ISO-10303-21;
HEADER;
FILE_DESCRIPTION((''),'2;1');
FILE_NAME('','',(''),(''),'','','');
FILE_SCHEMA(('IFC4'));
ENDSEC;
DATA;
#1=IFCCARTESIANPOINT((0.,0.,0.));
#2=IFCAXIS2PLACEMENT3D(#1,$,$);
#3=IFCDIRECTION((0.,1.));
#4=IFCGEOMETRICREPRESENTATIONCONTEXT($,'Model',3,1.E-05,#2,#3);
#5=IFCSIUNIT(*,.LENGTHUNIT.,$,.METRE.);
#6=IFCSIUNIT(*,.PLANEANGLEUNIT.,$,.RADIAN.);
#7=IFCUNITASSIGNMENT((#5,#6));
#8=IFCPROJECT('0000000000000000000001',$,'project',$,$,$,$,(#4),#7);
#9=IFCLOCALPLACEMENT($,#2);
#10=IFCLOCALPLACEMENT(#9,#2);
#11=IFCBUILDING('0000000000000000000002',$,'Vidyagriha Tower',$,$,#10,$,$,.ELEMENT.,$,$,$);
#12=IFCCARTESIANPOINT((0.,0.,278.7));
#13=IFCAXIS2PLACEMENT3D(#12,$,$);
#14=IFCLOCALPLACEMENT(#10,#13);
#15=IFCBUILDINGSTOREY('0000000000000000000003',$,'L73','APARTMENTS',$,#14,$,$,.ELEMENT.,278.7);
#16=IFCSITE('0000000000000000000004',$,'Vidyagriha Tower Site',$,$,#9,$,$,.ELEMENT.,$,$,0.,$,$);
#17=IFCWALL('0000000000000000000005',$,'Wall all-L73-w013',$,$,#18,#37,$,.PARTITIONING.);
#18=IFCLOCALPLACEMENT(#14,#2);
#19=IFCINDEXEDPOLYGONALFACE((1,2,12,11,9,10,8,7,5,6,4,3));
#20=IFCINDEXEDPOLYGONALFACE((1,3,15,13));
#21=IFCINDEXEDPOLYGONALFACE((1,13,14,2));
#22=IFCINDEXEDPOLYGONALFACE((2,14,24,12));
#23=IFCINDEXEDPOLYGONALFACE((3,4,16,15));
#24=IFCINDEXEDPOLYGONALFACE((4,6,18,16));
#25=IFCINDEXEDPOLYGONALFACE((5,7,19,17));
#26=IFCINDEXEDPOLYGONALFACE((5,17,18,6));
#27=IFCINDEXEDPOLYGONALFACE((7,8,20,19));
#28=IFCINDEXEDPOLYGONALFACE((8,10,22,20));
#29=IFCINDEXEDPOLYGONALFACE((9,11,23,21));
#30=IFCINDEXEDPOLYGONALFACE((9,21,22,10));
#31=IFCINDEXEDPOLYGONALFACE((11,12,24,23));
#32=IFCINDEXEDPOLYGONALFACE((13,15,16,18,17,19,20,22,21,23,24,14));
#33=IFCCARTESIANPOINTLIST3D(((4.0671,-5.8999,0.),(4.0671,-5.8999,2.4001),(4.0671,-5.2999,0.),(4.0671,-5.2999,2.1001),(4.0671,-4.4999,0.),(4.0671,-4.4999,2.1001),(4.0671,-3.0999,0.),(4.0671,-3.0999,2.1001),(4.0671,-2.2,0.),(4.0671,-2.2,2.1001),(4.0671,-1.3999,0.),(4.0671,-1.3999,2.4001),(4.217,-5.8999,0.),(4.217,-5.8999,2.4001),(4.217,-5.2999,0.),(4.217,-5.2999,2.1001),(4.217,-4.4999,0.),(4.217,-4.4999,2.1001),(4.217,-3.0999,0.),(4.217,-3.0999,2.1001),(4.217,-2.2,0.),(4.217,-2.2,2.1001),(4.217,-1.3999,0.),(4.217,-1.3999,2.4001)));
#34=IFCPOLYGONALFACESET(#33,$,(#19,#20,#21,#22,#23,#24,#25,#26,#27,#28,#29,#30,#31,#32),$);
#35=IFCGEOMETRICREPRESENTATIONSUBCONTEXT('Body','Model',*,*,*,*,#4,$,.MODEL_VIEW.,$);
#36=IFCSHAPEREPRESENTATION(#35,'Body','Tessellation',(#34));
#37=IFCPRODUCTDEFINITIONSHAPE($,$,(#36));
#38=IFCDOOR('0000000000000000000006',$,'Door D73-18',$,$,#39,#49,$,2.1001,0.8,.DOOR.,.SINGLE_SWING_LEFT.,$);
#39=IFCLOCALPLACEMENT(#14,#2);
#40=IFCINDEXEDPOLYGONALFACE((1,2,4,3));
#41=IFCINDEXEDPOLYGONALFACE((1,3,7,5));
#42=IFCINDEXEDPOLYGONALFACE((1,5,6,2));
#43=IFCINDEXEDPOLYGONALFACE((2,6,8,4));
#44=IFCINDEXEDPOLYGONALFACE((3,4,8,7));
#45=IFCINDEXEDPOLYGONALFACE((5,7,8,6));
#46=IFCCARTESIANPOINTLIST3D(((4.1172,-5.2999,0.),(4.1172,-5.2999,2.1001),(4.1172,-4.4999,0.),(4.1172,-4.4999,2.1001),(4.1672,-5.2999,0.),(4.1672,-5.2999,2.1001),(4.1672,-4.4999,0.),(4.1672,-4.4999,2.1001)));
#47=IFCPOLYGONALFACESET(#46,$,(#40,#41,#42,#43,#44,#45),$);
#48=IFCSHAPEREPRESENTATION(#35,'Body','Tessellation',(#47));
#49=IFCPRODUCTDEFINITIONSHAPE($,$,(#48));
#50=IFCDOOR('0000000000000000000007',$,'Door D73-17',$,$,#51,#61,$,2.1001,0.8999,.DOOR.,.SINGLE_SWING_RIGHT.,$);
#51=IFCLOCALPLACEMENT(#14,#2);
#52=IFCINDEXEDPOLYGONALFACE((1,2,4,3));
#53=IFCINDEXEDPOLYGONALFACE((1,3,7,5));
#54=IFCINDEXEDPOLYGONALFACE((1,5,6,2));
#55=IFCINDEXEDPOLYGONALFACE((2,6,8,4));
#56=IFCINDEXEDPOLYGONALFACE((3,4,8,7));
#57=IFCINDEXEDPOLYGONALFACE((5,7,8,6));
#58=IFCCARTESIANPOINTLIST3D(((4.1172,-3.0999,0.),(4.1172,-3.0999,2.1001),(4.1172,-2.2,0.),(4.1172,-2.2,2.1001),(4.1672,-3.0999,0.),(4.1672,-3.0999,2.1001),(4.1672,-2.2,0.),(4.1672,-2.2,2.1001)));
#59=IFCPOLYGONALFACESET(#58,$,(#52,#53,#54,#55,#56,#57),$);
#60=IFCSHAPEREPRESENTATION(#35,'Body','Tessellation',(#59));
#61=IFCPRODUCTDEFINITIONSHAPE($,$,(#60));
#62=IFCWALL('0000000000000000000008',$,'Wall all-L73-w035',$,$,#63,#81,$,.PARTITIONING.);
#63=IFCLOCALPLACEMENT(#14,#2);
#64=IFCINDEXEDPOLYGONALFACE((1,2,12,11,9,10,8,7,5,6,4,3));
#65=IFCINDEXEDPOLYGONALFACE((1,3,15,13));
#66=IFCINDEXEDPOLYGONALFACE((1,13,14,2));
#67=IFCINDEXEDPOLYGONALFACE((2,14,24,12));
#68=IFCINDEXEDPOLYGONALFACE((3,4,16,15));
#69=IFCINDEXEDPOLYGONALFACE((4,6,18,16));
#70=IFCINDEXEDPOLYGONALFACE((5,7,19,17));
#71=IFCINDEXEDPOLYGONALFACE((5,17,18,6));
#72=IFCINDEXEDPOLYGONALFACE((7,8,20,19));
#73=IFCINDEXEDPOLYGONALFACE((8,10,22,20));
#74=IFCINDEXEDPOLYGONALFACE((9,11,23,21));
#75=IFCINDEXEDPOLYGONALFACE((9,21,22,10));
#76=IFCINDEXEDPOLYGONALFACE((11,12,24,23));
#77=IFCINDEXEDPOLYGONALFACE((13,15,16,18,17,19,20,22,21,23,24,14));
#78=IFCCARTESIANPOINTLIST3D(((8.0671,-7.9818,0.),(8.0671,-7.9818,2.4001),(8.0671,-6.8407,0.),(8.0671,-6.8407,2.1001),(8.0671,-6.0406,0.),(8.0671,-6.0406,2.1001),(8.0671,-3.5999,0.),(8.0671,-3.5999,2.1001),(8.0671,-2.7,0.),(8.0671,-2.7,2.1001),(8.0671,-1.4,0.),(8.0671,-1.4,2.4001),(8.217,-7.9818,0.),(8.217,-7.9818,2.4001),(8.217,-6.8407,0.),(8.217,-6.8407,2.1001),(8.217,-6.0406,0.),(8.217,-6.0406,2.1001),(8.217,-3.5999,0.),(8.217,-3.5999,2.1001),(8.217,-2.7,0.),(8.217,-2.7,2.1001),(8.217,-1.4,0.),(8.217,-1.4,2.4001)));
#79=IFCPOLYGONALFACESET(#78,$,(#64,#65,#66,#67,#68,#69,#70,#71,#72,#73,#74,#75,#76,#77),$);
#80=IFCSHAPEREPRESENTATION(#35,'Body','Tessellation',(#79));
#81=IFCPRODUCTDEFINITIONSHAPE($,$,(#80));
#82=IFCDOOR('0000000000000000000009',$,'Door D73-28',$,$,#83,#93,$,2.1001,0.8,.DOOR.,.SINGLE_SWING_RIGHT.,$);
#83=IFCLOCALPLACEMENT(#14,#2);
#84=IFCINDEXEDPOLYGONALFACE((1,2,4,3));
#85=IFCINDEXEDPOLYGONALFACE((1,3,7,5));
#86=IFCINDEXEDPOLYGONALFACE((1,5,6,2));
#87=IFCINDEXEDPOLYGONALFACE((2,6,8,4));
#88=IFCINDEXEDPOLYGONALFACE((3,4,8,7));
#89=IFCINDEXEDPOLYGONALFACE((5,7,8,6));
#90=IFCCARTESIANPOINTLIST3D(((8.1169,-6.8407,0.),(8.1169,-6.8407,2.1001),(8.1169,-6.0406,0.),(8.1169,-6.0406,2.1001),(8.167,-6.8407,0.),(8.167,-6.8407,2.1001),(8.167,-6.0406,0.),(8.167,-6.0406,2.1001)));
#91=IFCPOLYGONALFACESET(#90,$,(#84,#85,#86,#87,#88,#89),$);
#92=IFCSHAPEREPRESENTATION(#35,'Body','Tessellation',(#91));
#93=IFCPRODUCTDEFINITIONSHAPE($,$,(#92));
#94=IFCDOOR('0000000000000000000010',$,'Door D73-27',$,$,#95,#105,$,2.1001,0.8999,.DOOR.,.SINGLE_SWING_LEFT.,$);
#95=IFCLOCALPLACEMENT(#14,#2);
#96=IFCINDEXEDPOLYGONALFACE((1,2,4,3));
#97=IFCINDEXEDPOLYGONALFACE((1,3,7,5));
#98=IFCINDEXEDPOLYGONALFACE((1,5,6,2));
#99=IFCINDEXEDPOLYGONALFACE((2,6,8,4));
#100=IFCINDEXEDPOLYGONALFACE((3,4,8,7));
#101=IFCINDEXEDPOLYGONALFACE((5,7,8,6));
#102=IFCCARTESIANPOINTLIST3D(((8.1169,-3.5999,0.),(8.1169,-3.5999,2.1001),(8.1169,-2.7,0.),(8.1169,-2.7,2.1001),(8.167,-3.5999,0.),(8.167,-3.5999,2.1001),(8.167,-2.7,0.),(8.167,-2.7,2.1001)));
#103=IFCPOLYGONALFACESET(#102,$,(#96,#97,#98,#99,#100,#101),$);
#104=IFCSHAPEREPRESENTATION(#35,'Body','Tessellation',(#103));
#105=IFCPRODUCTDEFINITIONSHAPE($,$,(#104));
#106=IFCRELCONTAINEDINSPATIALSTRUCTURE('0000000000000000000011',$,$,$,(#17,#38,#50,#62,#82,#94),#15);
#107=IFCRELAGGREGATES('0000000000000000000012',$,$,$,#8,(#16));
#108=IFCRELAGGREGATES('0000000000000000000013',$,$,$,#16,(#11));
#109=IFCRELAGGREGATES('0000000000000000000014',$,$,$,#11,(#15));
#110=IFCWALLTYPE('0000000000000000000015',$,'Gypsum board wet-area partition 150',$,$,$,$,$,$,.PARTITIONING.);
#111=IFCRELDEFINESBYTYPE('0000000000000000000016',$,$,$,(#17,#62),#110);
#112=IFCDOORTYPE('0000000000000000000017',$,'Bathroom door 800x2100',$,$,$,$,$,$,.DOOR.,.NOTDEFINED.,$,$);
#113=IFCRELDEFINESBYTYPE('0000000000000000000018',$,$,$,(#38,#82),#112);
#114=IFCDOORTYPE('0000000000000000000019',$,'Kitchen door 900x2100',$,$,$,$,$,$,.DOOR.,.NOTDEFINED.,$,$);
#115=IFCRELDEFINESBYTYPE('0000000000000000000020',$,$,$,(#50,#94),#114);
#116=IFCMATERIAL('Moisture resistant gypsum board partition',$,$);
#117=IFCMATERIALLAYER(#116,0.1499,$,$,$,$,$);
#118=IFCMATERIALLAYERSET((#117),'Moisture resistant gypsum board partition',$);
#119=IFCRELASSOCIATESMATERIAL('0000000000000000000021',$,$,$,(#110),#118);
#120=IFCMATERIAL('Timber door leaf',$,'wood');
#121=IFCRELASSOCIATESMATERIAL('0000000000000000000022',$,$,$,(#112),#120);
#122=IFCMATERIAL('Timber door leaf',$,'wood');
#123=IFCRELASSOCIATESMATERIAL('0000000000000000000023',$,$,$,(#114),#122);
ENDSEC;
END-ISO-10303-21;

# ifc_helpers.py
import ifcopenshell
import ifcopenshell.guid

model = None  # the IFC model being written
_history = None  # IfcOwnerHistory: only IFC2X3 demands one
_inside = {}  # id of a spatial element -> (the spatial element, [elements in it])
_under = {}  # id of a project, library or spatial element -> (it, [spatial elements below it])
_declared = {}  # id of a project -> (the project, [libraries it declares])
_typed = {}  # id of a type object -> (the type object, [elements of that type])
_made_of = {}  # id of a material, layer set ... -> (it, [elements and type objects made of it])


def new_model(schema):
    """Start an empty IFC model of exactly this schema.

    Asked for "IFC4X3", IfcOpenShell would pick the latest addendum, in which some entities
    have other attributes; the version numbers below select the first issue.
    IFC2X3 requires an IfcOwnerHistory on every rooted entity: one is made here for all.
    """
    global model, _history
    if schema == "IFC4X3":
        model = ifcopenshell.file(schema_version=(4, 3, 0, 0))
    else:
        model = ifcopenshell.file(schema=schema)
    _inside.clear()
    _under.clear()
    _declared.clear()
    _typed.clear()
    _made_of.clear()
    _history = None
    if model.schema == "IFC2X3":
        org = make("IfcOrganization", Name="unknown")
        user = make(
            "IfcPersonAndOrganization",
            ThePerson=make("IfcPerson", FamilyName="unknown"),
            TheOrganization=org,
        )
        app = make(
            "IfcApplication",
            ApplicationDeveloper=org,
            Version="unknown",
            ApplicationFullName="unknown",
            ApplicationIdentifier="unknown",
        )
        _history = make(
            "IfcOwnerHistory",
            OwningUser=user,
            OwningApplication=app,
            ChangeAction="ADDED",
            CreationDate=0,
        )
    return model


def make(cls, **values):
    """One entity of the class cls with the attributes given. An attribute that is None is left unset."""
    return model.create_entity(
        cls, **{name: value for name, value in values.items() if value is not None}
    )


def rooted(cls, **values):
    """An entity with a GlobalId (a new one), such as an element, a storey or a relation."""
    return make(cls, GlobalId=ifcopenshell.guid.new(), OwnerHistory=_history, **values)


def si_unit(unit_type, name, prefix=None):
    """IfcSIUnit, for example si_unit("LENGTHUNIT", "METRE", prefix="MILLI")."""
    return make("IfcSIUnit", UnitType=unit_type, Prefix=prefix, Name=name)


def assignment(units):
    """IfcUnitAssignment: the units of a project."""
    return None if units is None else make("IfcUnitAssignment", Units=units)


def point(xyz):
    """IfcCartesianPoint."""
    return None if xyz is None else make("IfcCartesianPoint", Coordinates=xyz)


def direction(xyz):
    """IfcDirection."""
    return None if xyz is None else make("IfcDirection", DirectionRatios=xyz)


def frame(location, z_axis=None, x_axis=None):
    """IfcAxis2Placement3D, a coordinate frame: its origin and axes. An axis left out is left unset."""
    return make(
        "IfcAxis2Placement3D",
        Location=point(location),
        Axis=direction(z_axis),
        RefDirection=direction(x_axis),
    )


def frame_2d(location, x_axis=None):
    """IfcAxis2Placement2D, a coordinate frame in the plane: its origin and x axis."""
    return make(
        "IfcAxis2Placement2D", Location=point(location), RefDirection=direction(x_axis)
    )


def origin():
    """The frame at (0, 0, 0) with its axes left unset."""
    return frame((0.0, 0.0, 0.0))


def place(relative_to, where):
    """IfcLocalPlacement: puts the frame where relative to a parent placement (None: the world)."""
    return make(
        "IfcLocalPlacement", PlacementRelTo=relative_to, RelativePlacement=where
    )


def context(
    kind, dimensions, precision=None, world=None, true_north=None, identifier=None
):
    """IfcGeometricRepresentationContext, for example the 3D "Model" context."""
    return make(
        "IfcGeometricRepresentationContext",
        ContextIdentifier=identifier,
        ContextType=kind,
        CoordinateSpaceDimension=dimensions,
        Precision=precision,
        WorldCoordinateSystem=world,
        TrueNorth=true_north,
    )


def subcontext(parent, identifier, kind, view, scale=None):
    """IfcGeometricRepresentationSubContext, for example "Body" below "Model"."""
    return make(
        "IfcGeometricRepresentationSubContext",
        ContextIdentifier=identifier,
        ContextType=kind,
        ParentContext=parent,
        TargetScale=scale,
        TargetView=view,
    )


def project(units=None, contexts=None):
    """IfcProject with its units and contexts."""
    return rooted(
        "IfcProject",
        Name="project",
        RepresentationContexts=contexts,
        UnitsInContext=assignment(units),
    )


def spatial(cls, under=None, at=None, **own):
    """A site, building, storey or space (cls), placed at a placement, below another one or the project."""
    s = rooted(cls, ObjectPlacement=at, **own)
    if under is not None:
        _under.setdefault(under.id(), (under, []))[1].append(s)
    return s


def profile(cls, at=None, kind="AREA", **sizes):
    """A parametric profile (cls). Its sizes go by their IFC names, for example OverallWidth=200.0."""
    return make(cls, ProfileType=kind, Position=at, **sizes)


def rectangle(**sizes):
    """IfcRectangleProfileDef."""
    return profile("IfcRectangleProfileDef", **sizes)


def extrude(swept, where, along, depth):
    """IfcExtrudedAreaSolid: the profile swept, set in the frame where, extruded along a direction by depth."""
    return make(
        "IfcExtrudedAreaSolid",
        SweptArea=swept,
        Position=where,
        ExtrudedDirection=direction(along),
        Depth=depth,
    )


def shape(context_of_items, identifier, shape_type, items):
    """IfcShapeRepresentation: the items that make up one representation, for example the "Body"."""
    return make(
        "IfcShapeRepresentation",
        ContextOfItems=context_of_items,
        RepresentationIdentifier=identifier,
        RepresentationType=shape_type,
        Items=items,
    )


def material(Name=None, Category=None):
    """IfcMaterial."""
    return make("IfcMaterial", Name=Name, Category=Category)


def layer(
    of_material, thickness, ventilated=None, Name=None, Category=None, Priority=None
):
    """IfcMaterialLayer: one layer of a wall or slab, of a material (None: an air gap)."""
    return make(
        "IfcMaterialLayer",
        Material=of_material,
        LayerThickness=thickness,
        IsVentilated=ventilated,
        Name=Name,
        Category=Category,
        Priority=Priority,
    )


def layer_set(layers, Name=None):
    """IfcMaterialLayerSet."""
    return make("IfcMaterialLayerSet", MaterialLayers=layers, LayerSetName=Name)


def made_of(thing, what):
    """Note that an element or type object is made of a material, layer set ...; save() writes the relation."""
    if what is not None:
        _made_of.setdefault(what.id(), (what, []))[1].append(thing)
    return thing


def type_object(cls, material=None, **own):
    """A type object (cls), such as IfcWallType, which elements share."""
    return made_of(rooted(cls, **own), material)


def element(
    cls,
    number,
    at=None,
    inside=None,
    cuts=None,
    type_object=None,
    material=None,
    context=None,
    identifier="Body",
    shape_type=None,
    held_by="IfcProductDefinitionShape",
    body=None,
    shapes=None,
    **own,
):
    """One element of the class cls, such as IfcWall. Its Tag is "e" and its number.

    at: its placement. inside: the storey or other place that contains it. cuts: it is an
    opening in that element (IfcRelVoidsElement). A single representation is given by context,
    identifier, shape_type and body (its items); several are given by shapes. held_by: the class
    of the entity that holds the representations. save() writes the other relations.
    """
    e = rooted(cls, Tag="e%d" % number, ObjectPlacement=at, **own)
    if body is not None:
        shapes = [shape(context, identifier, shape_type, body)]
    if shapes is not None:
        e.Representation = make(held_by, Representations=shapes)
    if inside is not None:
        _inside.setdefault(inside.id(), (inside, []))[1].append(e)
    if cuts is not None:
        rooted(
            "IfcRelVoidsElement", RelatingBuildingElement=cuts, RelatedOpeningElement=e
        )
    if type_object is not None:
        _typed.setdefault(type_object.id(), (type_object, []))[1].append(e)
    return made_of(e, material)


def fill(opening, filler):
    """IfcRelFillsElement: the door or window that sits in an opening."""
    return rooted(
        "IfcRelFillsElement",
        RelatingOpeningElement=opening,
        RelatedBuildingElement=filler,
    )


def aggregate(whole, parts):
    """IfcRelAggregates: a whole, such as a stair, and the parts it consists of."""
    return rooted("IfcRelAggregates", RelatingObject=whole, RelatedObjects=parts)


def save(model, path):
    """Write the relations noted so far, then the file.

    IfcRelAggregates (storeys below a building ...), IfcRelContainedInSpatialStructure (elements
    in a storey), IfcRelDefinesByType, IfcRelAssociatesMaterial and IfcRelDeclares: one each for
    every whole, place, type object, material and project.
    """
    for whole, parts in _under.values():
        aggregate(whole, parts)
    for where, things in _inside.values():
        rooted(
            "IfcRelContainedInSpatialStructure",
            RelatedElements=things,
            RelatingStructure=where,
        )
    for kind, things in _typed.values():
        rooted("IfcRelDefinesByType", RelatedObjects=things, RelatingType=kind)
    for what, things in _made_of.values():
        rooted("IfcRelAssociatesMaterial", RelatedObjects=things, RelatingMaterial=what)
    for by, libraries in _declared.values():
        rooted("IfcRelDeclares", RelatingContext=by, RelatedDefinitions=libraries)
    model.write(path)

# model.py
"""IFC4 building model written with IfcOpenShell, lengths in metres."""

from ifc_helpers import new_model, si_unit, direction, frame, frame_2d, origin, place, context, subcontext, project, spatial, rectangle, extrude, material, layer, layer_set, type_object, element, fill, save


model = new_model("IFC4")

# Units and contexts
model_context = context("Model", 3, precision=1e-05, world=origin(), true_north=direction((0.0, 1.0)))
body_context = subcontext(model_context, "Body", "Model", "MODEL_VIEW")
ifc_project = project(units=[si_unit("LENGTHUNIT", "METRE"), si_unit("PLANEANGLEUNIT", "RADIAN")], contexts=[model_context])

# Site, building, storey
site_placement = place(None, origin())
site = spatial("IfcSite", under=ifc_project, at=site_placement, Name="Vidyagriha Tower Site", CompositionType="ELEMENT", RefElevation=0.0)
building_placement = place(site_placement, origin())
building = spatial("IfcBuilding", under=site, at=building_placement, Name="Vidyagriha Tower", CompositionType="ELEMENT")
storey_placement = place(building_placement, frame((0.0, 0.0, 278.7)))
storey = spatial("IfcBuildingStorey", under=building, at=storey_placement, Name="L73", Description="APARTMENTS", CompositionType="ELEMENT", Elevation=278.7)

# Walls, openings, doors
ifc_material_1 = material(Name="Moisture resistant gypsum board partition")
ifc_layer_1 = layer(ifc_material_1, 0.1499)
ifc_layer_set_1 = layer_set([ifc_layer_1], Name="Moisture resistant gypsum board partition")
wall_type_1 = type_object("IfcWallType", Name="Gypsum board wet-area partition 150", PredefinedType="PARTITIONING", material=ifc_layer_set_1)
wall_1_placement = place(storey_placement, frame((4.1421, -5.8999, 0.0), z_axis=(0.0, 0.0, 1.0), x_axis=(0.0, 1.0, 0.0)))
wall_1 = element("IfcWall", 1, at=wall_1_placement, inside=storey, type_object=wall_type_1, Name="Wall all-L73-w013", PredefinedType="PARTITIONING", context=body_context, shape_type="SweptSolid", body=[
    extrude(rectangle(XDim=4.5, YDim=0.1499, at=frame_2d((2.25, 0.0))), origin(), (0.0, 0.0, 1.0), 2.4001),
])
opening_1_placement = place(wall_1_placement, frame((2.8, 0.0, 0.0)))
opening_1 = element("IfcOpeningElement", 2, at=opening_1_placement, cuts=wall_1, PredefinedType="OPENING", context=body_context, shape_type="SweptSolid", body=[
    extrude(rectangle(XDim=0.8999, YDim=2.1001, at=frame_2d((0.45, 1.05))), frame((0.0, 0.085, 0.0), z_axis=(0.0, -1.0, 0.0), x_axis=(1.0, 0.0, 0.0)), (0.0, 0.0, 1.0), 0.1699),
])
opening_2_placement = place(wall_1_placement, frame((0.6001, 0.0, 0.0)))
opening_2 = element("IfcOpeningElement", 3, at=opening_2_placement, cuts=wall_1, PredefinedType="OPENING", context=body_context, shape_type="SweptSolid", body=[
    extrude(rectangle(XDim=0.8, YDim=2.1001, at=frame_2d((0.3999, 1.05))), frame((0.0, 0.085, 0.0), z_axis=(0.0, -1.0, 0.0), x_axis=(1.0, 0.0, 0.0)), (0.0, 0.0, 1.0), 0.1699),
])
ifc_material_2 = material(Name="Timber door leaf", Category="wood")
door_type_1 = type_object("IfcDoorType", Name="Bathroom door 800x2100", OperationType="NOTDEFINED", PredefinedType="DOOR", material=ifc_material_2)
door_1_placement = place(opening_2_placement, origin())
door_1 = element("IfcDoor", 4, at=door_1_placement, inside=storey, type_object=door_type_1, Name="Door D73-18", OperationType="SINGLE_SWING_LEFT", OverallHeight=2.1001, OverallWidth=0.8, PredefinedType="DOOR", context=body_context, shape_type="SweptSolid", body=[
    extrude(rectangle(XDim=0.8, YDim=2.1001, at=frame_2d((0.3999, 1.05))), frame((0.0, 0.0249, 0.0), z_axis=(0.0, -1.0, 0.0), x_axis=(1.0, 0.0, 0.0)), (0.0, 0.0, 1.0), 0.05),
])
fill(opening_2, door_1)
ifc_material_3 = material(Name="Timber door leaf", Category="wood")
door_type_2 = type_object("IfcDoorType", Name="Kitchen door 900x2100", OperationType="NOTDEFINED", PredefinedType="DOOR", material=ifc_material_3)
door_2_placement = place(opening_1_placement, origin())
door_2 = element("IfcDoor", 5, at=door_2_placement, inside=storey, type_object=door_type_2, Name="Door D73-17", OperationType="SINGLE_SWING_RIGHT", OverallHeight=2.1001, OverallWidth=0.8999, PredefinedType="DOOR", context=body_context, shape_type="SweptSolid", body=[
    extrude(rectangle(XDim=0.8999, YDim=2.1001, at=frame_2d((0.45, 1.05))), frame((0.0, 0.0249, 0.0), z_axis=(0.0, -1.0, 0.0), x_axis=(1.0, 0.0, 0.0)), (0.0, 0.0, 1.0), 0.05),
])
fill(opening_1, door_2)
wall_2_placement = place(storey_placement, frame((8.1421, -1.3999, 0.0), z_axis=(0.0, 0.0, 1.0), x_axis=(0.0, -1.0, 0.0)))
wall_2 = element("IfcWall", 6, at=wall_2_placement, inside=storey, type_object=wall_type_1, Name="Wall all-L73-w035", PredefinedType="PARTITIONING", context=body_context, shape_type="SweptSolid", body=[
    extrude(rectangle(XDim=6.5818, YDim=0.1499, at=frame_2d((3.291, 0.0))), origin(), (0.0, 0.0, 1.0), 2.4001),
])
opening_3_placement = place(wall_2_placement, frame((1.3, 0.0, 0.0)))
opening_3 = element("IfcOpeningElement", 7, at=opening_3_placement, cuts=wall_2, PredefinedType="OPENING", context=body_context, shape_type="SweptSolid", body=[
    extrude(rectangle(XDim=0.8999, YDim=2.1001, at=frame_2d((0.45, 1.05))), frame((0.0, 0.085, 0.0), z_axis=(0.0, -1.0, 0.0), x_axis=(1.0, 0.0, 0.0)), (0.0, 0.0, 1.0), 0.1699),
])
opening_4_placement = place(wall_2_placement, frame((4.6409, 0.0, 0.0)))
opening_4 = element("IfcOpeningElement", 8, at=opening_4_placement, cuts=wall_2, PredefinedType="OPENING", context=body_context, shape_type="SweptSolid", body=[
    extrude(rectangle(XDim=0.8, YDim=2.1001, at=frame_2d((0.3999, 1.05))), frame((0.0, 0.085, 0.0), z_axis=(0.0, -1.0, 0.0), x_axis=(1.0, 0.0, 0.0)), (0.0, 0.0, 1.0), 0.1699),
])
door_3_placement = place(opening_4_placement, origin())
door_3 = element("IfcDoor", 9, at=door_3_placement, inside=storey, type_object=door_type_1, Name="Door D73-28", OperationType="SINGLE_SWING_RIGHT", OverallHeight=2.1001, OverallWidth=0.8, PredefinedType="DOOR", context=body_context, shape_type="SweptSolid", body=[
    extrude(rectangle(XDim=0.8, YDim=2.1001, at=frame_2d((0.3999, 1.05))), frame((0.0, 0.0249, 0.0), z_axis=(0.0, -1.0, 0.0), x_axis=(1.0, 0.0, 0.0)), (0.0, 0.0, 1.0), 0.05),
])
fill(opening_4, door_3)
door_4_placement = place(opening_3_placement, origin())
door_4 = element("IfcDoor", 10, at=door_4_placement, inside=storey, type_object=door_type_2, Name="Door D73-27", OperationType="SINGLE_SWING_LEFT", OverallHeight=2.1001, OverallWidth=0.8999, PredefinedType="DOOR", context=body_context, shape_type="SweptSolid", body=[
    extrude(rectangle(XDim=0.8999, YDim=2.1001, at=frame_2d((0.45, 1.05))), frame((0.0, 0.0249, 0.0), z_axis=(0.0, -1.0, 0.0), x_axis=(1.0, 0.0, 0.0)), (0.0, 0.0, 1.0), 0.05),
])
fill(opening_3, door_4)

save(model, "model.ifc")
